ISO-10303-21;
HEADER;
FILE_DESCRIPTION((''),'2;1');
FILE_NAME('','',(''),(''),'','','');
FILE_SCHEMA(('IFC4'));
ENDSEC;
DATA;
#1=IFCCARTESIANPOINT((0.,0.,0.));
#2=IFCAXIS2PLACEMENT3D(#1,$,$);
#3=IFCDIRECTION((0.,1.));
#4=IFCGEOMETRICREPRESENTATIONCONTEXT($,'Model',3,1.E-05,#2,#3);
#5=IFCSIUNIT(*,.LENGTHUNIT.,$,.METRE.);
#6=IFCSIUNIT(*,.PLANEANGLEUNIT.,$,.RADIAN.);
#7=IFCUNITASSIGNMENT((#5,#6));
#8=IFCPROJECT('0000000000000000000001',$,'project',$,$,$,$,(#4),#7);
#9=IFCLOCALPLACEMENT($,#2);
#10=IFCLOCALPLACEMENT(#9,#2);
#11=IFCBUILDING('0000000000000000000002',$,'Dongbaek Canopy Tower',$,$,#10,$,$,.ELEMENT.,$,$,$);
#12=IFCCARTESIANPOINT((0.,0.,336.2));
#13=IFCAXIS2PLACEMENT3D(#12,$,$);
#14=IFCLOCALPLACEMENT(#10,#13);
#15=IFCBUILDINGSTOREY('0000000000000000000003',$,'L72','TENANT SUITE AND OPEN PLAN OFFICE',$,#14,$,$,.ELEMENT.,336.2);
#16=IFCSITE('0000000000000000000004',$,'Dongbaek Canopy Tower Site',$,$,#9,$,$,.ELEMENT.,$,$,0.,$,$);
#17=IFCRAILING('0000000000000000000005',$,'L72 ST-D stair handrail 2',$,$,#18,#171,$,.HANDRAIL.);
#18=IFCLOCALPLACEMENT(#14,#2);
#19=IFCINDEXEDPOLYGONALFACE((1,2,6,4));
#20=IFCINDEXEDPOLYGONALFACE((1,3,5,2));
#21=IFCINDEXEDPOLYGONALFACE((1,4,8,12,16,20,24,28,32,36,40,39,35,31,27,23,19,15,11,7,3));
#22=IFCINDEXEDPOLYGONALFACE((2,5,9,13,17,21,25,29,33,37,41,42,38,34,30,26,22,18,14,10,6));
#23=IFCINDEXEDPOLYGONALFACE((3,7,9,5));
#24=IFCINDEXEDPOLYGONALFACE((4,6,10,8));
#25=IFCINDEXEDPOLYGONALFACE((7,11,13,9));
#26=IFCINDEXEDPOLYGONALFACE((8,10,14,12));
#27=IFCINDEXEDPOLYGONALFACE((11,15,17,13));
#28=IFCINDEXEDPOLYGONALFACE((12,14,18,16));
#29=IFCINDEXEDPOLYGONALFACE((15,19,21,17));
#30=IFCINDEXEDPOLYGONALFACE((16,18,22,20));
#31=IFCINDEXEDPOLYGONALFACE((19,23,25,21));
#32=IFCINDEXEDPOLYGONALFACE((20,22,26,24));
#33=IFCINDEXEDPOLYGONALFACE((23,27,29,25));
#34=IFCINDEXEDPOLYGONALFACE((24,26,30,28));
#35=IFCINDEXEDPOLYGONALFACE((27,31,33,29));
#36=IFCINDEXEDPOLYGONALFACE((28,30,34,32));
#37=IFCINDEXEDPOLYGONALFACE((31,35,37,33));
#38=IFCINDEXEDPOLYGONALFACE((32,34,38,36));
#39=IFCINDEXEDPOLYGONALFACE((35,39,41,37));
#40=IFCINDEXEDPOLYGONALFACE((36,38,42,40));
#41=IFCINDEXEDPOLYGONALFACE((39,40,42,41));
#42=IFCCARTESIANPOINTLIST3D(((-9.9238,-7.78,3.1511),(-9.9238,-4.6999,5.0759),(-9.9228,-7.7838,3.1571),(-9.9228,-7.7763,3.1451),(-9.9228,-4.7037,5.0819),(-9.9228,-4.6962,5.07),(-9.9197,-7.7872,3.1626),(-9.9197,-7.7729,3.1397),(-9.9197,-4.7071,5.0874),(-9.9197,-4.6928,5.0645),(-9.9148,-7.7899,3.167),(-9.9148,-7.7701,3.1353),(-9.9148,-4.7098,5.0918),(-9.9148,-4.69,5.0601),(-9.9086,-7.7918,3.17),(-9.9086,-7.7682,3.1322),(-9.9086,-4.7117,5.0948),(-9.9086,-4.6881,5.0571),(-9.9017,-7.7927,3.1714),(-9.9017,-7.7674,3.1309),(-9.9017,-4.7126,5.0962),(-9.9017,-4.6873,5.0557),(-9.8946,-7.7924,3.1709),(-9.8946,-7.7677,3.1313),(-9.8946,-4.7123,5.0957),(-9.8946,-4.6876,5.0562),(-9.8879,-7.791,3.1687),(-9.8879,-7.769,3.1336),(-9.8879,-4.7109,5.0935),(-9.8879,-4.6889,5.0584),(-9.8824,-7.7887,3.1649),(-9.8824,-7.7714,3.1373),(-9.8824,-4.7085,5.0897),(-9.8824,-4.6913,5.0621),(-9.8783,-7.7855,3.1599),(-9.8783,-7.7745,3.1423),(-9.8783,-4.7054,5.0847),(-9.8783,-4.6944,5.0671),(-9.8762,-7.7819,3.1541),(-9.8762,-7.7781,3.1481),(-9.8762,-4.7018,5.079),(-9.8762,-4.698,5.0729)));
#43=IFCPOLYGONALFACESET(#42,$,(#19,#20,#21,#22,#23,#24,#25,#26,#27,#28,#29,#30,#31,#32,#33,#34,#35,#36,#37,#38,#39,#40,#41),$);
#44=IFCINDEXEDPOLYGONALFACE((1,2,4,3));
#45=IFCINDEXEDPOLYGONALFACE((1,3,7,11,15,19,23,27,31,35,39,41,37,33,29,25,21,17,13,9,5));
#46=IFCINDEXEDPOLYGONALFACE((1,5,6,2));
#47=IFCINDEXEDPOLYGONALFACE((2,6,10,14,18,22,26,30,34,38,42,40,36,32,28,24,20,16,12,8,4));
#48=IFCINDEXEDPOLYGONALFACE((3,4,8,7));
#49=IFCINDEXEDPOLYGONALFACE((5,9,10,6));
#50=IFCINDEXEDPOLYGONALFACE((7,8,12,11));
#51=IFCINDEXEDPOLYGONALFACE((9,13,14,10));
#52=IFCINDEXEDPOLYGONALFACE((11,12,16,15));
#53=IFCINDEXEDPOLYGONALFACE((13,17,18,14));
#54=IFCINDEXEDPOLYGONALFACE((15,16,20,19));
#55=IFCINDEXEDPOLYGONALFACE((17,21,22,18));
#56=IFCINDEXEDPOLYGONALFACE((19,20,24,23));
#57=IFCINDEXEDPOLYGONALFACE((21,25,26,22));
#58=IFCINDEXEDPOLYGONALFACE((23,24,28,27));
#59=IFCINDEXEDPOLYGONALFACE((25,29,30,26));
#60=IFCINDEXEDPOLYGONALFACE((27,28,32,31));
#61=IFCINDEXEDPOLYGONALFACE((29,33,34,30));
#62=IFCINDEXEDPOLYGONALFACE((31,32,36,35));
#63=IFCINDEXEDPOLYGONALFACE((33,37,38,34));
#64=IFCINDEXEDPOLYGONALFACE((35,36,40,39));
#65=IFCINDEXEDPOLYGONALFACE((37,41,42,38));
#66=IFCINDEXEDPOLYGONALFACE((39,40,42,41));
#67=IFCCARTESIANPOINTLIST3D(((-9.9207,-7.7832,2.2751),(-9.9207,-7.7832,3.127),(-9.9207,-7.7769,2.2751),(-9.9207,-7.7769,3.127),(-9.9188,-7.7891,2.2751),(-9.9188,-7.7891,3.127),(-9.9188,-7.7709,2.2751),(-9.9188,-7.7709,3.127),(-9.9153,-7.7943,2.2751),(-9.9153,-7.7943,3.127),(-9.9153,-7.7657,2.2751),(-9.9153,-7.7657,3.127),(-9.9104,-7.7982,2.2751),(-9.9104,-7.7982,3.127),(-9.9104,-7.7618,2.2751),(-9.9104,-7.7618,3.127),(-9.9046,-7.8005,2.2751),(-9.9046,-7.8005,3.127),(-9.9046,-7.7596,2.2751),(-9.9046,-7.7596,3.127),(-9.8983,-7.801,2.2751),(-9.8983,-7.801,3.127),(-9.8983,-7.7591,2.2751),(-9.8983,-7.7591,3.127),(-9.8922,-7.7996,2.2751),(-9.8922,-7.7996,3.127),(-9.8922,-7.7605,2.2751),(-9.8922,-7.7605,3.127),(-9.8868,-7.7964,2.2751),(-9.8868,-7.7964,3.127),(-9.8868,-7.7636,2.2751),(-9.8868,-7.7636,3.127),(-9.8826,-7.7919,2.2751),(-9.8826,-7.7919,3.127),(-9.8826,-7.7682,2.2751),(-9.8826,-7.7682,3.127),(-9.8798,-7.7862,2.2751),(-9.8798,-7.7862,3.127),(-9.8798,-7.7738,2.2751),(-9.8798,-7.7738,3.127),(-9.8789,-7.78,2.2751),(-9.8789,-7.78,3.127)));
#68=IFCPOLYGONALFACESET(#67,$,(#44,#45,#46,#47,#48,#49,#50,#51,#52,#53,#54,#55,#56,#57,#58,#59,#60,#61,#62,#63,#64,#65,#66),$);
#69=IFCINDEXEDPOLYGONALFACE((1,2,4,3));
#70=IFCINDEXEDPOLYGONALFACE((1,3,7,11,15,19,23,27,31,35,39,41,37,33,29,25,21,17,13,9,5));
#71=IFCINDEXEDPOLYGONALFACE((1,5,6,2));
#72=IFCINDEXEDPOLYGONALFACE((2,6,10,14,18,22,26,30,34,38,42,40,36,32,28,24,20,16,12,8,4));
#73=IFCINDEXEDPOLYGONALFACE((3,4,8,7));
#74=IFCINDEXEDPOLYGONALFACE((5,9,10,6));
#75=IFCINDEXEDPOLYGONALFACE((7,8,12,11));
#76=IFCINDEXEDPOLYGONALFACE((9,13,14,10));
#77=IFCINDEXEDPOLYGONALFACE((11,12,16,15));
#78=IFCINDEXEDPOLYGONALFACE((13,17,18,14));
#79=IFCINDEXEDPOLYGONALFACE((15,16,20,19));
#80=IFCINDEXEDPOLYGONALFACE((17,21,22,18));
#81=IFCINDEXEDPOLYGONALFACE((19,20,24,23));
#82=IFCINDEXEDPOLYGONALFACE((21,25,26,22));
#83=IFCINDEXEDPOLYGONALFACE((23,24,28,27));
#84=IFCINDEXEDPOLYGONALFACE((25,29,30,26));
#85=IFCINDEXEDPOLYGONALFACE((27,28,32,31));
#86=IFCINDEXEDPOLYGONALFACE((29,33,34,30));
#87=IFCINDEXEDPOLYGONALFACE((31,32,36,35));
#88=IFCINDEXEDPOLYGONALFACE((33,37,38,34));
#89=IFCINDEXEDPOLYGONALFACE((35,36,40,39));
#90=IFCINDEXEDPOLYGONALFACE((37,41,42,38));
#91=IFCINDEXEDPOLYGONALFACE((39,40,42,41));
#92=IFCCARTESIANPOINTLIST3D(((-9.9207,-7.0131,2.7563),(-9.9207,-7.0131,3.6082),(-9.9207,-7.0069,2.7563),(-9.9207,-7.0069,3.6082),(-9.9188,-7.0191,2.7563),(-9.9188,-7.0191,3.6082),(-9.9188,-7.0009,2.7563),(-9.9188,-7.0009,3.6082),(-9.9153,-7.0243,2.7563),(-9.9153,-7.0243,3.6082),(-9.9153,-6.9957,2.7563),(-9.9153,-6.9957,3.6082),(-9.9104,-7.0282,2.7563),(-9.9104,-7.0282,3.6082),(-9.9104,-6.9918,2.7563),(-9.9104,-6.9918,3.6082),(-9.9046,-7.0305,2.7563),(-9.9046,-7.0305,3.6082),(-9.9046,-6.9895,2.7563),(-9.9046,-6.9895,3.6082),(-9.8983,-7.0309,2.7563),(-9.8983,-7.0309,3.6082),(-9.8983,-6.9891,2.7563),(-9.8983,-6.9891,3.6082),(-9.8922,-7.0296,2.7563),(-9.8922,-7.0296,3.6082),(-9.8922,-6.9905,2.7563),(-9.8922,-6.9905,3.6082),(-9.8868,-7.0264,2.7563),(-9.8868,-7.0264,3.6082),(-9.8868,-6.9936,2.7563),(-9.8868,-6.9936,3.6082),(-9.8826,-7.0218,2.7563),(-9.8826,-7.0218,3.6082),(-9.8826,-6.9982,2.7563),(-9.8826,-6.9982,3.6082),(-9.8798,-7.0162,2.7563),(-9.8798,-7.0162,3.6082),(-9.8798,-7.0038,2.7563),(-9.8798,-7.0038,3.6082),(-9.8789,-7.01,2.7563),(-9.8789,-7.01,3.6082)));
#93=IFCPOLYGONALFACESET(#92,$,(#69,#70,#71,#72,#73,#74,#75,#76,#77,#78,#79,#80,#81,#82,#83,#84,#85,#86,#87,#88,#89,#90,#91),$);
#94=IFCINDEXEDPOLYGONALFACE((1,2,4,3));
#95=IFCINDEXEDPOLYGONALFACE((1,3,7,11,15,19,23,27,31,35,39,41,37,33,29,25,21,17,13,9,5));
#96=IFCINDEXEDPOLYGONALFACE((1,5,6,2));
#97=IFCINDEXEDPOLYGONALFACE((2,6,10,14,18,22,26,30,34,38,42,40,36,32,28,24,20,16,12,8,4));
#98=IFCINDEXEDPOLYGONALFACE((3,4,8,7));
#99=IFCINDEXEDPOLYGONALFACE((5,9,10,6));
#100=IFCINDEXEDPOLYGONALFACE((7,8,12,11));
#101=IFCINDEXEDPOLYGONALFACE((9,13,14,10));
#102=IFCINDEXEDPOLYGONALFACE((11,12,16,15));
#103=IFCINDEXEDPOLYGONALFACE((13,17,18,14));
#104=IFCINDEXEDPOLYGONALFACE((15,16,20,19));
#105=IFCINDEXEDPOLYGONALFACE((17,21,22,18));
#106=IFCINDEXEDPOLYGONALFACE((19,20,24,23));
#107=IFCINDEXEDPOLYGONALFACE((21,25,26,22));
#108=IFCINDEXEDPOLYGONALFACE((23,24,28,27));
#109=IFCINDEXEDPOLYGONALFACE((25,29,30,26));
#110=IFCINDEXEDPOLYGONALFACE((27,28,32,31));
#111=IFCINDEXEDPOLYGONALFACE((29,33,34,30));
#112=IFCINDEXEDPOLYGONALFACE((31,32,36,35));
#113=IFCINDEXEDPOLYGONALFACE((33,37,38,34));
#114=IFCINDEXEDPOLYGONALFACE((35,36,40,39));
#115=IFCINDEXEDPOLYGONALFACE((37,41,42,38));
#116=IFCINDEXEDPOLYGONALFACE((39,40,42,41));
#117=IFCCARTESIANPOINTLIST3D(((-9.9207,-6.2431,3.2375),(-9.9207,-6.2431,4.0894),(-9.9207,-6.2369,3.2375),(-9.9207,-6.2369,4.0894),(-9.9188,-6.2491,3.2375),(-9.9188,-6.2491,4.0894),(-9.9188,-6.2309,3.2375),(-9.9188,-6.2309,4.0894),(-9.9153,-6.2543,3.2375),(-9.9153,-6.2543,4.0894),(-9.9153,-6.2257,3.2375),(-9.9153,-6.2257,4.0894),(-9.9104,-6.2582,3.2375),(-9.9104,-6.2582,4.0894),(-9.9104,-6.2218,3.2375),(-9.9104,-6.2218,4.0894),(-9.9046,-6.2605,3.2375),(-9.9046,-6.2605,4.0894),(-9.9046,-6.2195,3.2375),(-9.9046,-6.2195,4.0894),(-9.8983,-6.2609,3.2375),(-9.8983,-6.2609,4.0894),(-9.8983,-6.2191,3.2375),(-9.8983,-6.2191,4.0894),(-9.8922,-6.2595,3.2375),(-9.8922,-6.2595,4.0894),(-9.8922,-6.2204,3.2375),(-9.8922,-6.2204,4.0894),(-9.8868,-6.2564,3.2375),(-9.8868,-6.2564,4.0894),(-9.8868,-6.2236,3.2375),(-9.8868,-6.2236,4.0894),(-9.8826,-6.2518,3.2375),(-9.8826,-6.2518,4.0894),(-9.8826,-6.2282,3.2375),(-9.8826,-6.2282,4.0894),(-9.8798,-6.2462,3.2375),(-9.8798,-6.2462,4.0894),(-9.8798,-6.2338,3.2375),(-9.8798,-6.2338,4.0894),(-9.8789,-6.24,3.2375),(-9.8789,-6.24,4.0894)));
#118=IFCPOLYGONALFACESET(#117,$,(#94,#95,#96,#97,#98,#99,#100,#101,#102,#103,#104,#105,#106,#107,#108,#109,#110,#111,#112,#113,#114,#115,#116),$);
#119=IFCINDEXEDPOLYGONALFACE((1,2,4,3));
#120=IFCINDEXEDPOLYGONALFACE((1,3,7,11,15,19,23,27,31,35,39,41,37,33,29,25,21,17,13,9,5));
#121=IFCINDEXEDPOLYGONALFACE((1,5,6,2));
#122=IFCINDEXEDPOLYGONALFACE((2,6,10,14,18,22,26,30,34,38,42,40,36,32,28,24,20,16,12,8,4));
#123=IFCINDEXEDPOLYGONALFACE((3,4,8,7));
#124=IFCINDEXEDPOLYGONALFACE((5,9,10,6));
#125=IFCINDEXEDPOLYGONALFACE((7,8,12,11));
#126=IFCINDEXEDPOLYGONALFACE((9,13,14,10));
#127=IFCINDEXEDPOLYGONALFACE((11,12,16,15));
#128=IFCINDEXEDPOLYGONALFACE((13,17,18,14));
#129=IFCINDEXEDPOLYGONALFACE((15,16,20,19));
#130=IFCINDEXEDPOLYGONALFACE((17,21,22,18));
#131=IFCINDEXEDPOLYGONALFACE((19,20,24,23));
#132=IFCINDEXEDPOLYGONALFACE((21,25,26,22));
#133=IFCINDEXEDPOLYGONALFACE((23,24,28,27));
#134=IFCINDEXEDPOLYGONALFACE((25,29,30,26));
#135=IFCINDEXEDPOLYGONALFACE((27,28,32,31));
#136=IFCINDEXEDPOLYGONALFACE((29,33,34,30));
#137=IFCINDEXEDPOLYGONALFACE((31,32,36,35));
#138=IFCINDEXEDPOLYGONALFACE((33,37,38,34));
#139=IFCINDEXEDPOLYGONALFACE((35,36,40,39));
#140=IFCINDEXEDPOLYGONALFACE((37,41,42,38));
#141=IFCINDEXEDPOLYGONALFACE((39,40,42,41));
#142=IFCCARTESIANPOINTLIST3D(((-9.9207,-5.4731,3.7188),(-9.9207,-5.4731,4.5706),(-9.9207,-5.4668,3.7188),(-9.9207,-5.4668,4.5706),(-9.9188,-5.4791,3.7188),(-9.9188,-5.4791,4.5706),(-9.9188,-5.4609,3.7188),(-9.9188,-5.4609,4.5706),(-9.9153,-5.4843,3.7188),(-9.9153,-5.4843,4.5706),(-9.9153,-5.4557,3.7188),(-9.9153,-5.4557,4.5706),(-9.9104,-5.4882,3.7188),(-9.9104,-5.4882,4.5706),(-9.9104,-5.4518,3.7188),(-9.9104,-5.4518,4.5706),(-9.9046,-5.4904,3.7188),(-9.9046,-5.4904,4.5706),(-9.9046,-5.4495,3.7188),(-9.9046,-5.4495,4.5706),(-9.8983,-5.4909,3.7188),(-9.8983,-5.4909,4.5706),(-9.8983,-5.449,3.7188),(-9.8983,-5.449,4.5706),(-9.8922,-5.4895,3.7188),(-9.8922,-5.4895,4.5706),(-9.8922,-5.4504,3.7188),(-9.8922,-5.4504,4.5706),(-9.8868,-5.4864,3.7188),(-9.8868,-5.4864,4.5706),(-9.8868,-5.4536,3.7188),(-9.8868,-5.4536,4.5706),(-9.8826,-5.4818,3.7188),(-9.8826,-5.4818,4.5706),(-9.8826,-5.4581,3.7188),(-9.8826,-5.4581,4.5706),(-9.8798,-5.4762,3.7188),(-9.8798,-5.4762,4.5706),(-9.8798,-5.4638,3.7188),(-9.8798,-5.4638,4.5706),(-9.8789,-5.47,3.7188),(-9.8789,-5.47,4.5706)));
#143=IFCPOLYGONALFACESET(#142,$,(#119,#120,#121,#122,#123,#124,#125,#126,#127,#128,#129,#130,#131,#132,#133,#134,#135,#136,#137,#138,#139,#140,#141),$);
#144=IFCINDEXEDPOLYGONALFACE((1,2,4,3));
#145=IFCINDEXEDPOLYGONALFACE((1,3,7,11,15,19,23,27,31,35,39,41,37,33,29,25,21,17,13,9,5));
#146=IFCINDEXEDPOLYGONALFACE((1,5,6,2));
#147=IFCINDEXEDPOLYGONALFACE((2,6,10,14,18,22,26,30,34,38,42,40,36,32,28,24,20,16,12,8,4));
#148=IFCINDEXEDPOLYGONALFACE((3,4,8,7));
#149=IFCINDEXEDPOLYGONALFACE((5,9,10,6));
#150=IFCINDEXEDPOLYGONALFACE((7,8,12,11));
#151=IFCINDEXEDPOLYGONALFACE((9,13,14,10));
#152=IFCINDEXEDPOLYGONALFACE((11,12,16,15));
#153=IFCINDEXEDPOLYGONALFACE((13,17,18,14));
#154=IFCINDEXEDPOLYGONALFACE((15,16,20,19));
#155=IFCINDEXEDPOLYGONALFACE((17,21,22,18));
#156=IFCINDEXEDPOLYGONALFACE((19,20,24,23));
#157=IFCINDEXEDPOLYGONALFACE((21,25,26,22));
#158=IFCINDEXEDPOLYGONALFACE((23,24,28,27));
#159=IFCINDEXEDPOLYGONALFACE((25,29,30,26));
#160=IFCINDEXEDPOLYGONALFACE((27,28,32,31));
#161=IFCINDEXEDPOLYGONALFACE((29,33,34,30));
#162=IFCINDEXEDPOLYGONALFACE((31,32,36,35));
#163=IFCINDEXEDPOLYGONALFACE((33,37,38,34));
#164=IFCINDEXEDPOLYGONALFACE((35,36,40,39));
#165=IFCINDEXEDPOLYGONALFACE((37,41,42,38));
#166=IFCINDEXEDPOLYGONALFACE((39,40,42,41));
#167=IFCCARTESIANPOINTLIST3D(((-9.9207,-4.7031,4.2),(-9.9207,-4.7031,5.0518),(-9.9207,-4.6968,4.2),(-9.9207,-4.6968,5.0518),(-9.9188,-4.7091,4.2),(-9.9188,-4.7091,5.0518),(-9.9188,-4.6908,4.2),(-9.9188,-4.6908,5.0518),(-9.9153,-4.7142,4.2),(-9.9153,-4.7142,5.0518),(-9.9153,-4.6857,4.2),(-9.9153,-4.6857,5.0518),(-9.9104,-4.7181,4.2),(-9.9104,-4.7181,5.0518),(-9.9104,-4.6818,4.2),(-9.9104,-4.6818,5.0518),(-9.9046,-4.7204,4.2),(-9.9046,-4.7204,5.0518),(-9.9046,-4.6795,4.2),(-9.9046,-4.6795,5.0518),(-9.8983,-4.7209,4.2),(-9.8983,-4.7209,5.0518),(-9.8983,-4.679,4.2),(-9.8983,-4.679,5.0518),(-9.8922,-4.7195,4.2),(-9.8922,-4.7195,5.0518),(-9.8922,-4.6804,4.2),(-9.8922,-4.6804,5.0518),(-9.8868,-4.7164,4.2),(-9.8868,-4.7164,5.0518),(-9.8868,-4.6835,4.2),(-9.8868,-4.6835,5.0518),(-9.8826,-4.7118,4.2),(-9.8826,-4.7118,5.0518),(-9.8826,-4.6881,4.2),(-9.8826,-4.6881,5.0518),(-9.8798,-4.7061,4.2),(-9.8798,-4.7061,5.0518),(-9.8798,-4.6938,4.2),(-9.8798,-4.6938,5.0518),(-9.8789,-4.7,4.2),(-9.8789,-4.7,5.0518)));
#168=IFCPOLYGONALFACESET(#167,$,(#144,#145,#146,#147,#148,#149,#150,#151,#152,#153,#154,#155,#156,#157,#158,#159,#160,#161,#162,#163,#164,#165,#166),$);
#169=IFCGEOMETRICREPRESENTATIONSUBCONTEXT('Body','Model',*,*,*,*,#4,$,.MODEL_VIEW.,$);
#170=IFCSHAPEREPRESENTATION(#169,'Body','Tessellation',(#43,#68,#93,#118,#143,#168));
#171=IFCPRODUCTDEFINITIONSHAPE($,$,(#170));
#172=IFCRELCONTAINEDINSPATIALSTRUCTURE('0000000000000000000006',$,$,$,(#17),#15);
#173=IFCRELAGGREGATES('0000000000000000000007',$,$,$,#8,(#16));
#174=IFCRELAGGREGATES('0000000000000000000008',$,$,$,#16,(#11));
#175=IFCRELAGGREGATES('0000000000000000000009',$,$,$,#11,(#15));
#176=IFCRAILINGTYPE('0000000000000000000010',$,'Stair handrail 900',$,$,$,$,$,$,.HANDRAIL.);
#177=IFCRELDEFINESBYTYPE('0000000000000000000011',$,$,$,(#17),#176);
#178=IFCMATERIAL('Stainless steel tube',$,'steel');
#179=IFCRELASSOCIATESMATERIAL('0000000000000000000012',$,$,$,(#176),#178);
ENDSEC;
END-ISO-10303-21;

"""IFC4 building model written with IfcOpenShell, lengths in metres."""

from ifc_helpers import new_model, si_unit, direction, frame, origin, origin_2d, place, context, subcontext, project, spatial, circle, extrude, material, type_object, element, save


model = new_model("IFC4")

# Units and contexts
model_context = context("Model", 3, precision=1e-05, world=origin(), true_north=direction((0.0, 1.0)))
body_context = subcontext(model_context, "Body", "Model", "MODEL_VIEW")
ifc_project = project(units=[si_unit("LENGTHUNIT", "METRE"), si_unit("PLANEANGLEUNIT", "RADIAN")], contexts=[model_context])

# Site, building, storey
site_placement = place(None, origin())
site = spatial("IfcSite", under=ifc_project, at=site_placement, Name="Dongbaek Canopy Tower Site", CompositionType="ELEMENT", RefElevation=0.0)
building_placement = place(site_placement, origin())
building = spatial("IfcBuilding", under=site, at=building_placement, Name="Dongbaek Canopy Tower", CompositionType="ELEMENT")
storey_placement = place(building_placement, frame((0.0, 0.0, 336.2)))
storey = spatial("IfcBuildingStorey", under=building, at=storey_placement, Name="L72", Description="TENANT SUITE AND OPEN PLAN OFFICE", CompositionType="ELEMENT", Elevation=336.2)

# Railing
ifc_material_1 = material(Name="Stainless steel tube", Category="steel")
railing_type_1 = type_object("IfcRailingType", Name="Stair handrail 900", PredefinedType="HANDRAIL", material=ifc_material_1)
railing_1_placement = place(storey_placement, frame((-9.8999, -7.78, 2.2751)))
element("IfcRailing", 1, at=railing_1_placement, inside=storey, type_object=railing_type_1, Name="L72 ST-D stair handrail 2", PredefinedType="HANDRAIL", context=body_context, shape_type="SweptSolid", body=[
    extrude(circle(Radius=0.0239, at=origin_2d()), frame((0.0, 0.0, 0.876), z_axis=(0.0, 0.848029, 0.529951), x_axis=(-1.0, 0.0, 0.0)), (0.0, 0.0, 1.0), 3.6321),
    extrude(circle(Radius=0.021, at=origin_2d()), origin(), (0.0, 0.0, 1.0), 0.8518),
    extrude(circle(Radius=0.021, at=origin_2d()), frame((0.0, 0.77, 0.4812)), (0.0, 0.0, 1.0), 0.8518),
    extrude(circle(Radius=0.021, at=origin_2d()), frame((0.0, 1.54, 0.9624)), (0.0, 0.0, 1.0), 0.8518),
    extrude(circle(Radius=0.021, at=origin_2d()), frame((0.0, 2.3101, 1.4436)), (0.0, 0.0, 1.0), 0.8518),
    extrude(circle(Radius=0.021, at=origin_2d()), frame((0.0, 3.0801, 1.9248)), (0.0, 0.0, 1.0), 0.8518),
])

save(model, "model.ifc")
